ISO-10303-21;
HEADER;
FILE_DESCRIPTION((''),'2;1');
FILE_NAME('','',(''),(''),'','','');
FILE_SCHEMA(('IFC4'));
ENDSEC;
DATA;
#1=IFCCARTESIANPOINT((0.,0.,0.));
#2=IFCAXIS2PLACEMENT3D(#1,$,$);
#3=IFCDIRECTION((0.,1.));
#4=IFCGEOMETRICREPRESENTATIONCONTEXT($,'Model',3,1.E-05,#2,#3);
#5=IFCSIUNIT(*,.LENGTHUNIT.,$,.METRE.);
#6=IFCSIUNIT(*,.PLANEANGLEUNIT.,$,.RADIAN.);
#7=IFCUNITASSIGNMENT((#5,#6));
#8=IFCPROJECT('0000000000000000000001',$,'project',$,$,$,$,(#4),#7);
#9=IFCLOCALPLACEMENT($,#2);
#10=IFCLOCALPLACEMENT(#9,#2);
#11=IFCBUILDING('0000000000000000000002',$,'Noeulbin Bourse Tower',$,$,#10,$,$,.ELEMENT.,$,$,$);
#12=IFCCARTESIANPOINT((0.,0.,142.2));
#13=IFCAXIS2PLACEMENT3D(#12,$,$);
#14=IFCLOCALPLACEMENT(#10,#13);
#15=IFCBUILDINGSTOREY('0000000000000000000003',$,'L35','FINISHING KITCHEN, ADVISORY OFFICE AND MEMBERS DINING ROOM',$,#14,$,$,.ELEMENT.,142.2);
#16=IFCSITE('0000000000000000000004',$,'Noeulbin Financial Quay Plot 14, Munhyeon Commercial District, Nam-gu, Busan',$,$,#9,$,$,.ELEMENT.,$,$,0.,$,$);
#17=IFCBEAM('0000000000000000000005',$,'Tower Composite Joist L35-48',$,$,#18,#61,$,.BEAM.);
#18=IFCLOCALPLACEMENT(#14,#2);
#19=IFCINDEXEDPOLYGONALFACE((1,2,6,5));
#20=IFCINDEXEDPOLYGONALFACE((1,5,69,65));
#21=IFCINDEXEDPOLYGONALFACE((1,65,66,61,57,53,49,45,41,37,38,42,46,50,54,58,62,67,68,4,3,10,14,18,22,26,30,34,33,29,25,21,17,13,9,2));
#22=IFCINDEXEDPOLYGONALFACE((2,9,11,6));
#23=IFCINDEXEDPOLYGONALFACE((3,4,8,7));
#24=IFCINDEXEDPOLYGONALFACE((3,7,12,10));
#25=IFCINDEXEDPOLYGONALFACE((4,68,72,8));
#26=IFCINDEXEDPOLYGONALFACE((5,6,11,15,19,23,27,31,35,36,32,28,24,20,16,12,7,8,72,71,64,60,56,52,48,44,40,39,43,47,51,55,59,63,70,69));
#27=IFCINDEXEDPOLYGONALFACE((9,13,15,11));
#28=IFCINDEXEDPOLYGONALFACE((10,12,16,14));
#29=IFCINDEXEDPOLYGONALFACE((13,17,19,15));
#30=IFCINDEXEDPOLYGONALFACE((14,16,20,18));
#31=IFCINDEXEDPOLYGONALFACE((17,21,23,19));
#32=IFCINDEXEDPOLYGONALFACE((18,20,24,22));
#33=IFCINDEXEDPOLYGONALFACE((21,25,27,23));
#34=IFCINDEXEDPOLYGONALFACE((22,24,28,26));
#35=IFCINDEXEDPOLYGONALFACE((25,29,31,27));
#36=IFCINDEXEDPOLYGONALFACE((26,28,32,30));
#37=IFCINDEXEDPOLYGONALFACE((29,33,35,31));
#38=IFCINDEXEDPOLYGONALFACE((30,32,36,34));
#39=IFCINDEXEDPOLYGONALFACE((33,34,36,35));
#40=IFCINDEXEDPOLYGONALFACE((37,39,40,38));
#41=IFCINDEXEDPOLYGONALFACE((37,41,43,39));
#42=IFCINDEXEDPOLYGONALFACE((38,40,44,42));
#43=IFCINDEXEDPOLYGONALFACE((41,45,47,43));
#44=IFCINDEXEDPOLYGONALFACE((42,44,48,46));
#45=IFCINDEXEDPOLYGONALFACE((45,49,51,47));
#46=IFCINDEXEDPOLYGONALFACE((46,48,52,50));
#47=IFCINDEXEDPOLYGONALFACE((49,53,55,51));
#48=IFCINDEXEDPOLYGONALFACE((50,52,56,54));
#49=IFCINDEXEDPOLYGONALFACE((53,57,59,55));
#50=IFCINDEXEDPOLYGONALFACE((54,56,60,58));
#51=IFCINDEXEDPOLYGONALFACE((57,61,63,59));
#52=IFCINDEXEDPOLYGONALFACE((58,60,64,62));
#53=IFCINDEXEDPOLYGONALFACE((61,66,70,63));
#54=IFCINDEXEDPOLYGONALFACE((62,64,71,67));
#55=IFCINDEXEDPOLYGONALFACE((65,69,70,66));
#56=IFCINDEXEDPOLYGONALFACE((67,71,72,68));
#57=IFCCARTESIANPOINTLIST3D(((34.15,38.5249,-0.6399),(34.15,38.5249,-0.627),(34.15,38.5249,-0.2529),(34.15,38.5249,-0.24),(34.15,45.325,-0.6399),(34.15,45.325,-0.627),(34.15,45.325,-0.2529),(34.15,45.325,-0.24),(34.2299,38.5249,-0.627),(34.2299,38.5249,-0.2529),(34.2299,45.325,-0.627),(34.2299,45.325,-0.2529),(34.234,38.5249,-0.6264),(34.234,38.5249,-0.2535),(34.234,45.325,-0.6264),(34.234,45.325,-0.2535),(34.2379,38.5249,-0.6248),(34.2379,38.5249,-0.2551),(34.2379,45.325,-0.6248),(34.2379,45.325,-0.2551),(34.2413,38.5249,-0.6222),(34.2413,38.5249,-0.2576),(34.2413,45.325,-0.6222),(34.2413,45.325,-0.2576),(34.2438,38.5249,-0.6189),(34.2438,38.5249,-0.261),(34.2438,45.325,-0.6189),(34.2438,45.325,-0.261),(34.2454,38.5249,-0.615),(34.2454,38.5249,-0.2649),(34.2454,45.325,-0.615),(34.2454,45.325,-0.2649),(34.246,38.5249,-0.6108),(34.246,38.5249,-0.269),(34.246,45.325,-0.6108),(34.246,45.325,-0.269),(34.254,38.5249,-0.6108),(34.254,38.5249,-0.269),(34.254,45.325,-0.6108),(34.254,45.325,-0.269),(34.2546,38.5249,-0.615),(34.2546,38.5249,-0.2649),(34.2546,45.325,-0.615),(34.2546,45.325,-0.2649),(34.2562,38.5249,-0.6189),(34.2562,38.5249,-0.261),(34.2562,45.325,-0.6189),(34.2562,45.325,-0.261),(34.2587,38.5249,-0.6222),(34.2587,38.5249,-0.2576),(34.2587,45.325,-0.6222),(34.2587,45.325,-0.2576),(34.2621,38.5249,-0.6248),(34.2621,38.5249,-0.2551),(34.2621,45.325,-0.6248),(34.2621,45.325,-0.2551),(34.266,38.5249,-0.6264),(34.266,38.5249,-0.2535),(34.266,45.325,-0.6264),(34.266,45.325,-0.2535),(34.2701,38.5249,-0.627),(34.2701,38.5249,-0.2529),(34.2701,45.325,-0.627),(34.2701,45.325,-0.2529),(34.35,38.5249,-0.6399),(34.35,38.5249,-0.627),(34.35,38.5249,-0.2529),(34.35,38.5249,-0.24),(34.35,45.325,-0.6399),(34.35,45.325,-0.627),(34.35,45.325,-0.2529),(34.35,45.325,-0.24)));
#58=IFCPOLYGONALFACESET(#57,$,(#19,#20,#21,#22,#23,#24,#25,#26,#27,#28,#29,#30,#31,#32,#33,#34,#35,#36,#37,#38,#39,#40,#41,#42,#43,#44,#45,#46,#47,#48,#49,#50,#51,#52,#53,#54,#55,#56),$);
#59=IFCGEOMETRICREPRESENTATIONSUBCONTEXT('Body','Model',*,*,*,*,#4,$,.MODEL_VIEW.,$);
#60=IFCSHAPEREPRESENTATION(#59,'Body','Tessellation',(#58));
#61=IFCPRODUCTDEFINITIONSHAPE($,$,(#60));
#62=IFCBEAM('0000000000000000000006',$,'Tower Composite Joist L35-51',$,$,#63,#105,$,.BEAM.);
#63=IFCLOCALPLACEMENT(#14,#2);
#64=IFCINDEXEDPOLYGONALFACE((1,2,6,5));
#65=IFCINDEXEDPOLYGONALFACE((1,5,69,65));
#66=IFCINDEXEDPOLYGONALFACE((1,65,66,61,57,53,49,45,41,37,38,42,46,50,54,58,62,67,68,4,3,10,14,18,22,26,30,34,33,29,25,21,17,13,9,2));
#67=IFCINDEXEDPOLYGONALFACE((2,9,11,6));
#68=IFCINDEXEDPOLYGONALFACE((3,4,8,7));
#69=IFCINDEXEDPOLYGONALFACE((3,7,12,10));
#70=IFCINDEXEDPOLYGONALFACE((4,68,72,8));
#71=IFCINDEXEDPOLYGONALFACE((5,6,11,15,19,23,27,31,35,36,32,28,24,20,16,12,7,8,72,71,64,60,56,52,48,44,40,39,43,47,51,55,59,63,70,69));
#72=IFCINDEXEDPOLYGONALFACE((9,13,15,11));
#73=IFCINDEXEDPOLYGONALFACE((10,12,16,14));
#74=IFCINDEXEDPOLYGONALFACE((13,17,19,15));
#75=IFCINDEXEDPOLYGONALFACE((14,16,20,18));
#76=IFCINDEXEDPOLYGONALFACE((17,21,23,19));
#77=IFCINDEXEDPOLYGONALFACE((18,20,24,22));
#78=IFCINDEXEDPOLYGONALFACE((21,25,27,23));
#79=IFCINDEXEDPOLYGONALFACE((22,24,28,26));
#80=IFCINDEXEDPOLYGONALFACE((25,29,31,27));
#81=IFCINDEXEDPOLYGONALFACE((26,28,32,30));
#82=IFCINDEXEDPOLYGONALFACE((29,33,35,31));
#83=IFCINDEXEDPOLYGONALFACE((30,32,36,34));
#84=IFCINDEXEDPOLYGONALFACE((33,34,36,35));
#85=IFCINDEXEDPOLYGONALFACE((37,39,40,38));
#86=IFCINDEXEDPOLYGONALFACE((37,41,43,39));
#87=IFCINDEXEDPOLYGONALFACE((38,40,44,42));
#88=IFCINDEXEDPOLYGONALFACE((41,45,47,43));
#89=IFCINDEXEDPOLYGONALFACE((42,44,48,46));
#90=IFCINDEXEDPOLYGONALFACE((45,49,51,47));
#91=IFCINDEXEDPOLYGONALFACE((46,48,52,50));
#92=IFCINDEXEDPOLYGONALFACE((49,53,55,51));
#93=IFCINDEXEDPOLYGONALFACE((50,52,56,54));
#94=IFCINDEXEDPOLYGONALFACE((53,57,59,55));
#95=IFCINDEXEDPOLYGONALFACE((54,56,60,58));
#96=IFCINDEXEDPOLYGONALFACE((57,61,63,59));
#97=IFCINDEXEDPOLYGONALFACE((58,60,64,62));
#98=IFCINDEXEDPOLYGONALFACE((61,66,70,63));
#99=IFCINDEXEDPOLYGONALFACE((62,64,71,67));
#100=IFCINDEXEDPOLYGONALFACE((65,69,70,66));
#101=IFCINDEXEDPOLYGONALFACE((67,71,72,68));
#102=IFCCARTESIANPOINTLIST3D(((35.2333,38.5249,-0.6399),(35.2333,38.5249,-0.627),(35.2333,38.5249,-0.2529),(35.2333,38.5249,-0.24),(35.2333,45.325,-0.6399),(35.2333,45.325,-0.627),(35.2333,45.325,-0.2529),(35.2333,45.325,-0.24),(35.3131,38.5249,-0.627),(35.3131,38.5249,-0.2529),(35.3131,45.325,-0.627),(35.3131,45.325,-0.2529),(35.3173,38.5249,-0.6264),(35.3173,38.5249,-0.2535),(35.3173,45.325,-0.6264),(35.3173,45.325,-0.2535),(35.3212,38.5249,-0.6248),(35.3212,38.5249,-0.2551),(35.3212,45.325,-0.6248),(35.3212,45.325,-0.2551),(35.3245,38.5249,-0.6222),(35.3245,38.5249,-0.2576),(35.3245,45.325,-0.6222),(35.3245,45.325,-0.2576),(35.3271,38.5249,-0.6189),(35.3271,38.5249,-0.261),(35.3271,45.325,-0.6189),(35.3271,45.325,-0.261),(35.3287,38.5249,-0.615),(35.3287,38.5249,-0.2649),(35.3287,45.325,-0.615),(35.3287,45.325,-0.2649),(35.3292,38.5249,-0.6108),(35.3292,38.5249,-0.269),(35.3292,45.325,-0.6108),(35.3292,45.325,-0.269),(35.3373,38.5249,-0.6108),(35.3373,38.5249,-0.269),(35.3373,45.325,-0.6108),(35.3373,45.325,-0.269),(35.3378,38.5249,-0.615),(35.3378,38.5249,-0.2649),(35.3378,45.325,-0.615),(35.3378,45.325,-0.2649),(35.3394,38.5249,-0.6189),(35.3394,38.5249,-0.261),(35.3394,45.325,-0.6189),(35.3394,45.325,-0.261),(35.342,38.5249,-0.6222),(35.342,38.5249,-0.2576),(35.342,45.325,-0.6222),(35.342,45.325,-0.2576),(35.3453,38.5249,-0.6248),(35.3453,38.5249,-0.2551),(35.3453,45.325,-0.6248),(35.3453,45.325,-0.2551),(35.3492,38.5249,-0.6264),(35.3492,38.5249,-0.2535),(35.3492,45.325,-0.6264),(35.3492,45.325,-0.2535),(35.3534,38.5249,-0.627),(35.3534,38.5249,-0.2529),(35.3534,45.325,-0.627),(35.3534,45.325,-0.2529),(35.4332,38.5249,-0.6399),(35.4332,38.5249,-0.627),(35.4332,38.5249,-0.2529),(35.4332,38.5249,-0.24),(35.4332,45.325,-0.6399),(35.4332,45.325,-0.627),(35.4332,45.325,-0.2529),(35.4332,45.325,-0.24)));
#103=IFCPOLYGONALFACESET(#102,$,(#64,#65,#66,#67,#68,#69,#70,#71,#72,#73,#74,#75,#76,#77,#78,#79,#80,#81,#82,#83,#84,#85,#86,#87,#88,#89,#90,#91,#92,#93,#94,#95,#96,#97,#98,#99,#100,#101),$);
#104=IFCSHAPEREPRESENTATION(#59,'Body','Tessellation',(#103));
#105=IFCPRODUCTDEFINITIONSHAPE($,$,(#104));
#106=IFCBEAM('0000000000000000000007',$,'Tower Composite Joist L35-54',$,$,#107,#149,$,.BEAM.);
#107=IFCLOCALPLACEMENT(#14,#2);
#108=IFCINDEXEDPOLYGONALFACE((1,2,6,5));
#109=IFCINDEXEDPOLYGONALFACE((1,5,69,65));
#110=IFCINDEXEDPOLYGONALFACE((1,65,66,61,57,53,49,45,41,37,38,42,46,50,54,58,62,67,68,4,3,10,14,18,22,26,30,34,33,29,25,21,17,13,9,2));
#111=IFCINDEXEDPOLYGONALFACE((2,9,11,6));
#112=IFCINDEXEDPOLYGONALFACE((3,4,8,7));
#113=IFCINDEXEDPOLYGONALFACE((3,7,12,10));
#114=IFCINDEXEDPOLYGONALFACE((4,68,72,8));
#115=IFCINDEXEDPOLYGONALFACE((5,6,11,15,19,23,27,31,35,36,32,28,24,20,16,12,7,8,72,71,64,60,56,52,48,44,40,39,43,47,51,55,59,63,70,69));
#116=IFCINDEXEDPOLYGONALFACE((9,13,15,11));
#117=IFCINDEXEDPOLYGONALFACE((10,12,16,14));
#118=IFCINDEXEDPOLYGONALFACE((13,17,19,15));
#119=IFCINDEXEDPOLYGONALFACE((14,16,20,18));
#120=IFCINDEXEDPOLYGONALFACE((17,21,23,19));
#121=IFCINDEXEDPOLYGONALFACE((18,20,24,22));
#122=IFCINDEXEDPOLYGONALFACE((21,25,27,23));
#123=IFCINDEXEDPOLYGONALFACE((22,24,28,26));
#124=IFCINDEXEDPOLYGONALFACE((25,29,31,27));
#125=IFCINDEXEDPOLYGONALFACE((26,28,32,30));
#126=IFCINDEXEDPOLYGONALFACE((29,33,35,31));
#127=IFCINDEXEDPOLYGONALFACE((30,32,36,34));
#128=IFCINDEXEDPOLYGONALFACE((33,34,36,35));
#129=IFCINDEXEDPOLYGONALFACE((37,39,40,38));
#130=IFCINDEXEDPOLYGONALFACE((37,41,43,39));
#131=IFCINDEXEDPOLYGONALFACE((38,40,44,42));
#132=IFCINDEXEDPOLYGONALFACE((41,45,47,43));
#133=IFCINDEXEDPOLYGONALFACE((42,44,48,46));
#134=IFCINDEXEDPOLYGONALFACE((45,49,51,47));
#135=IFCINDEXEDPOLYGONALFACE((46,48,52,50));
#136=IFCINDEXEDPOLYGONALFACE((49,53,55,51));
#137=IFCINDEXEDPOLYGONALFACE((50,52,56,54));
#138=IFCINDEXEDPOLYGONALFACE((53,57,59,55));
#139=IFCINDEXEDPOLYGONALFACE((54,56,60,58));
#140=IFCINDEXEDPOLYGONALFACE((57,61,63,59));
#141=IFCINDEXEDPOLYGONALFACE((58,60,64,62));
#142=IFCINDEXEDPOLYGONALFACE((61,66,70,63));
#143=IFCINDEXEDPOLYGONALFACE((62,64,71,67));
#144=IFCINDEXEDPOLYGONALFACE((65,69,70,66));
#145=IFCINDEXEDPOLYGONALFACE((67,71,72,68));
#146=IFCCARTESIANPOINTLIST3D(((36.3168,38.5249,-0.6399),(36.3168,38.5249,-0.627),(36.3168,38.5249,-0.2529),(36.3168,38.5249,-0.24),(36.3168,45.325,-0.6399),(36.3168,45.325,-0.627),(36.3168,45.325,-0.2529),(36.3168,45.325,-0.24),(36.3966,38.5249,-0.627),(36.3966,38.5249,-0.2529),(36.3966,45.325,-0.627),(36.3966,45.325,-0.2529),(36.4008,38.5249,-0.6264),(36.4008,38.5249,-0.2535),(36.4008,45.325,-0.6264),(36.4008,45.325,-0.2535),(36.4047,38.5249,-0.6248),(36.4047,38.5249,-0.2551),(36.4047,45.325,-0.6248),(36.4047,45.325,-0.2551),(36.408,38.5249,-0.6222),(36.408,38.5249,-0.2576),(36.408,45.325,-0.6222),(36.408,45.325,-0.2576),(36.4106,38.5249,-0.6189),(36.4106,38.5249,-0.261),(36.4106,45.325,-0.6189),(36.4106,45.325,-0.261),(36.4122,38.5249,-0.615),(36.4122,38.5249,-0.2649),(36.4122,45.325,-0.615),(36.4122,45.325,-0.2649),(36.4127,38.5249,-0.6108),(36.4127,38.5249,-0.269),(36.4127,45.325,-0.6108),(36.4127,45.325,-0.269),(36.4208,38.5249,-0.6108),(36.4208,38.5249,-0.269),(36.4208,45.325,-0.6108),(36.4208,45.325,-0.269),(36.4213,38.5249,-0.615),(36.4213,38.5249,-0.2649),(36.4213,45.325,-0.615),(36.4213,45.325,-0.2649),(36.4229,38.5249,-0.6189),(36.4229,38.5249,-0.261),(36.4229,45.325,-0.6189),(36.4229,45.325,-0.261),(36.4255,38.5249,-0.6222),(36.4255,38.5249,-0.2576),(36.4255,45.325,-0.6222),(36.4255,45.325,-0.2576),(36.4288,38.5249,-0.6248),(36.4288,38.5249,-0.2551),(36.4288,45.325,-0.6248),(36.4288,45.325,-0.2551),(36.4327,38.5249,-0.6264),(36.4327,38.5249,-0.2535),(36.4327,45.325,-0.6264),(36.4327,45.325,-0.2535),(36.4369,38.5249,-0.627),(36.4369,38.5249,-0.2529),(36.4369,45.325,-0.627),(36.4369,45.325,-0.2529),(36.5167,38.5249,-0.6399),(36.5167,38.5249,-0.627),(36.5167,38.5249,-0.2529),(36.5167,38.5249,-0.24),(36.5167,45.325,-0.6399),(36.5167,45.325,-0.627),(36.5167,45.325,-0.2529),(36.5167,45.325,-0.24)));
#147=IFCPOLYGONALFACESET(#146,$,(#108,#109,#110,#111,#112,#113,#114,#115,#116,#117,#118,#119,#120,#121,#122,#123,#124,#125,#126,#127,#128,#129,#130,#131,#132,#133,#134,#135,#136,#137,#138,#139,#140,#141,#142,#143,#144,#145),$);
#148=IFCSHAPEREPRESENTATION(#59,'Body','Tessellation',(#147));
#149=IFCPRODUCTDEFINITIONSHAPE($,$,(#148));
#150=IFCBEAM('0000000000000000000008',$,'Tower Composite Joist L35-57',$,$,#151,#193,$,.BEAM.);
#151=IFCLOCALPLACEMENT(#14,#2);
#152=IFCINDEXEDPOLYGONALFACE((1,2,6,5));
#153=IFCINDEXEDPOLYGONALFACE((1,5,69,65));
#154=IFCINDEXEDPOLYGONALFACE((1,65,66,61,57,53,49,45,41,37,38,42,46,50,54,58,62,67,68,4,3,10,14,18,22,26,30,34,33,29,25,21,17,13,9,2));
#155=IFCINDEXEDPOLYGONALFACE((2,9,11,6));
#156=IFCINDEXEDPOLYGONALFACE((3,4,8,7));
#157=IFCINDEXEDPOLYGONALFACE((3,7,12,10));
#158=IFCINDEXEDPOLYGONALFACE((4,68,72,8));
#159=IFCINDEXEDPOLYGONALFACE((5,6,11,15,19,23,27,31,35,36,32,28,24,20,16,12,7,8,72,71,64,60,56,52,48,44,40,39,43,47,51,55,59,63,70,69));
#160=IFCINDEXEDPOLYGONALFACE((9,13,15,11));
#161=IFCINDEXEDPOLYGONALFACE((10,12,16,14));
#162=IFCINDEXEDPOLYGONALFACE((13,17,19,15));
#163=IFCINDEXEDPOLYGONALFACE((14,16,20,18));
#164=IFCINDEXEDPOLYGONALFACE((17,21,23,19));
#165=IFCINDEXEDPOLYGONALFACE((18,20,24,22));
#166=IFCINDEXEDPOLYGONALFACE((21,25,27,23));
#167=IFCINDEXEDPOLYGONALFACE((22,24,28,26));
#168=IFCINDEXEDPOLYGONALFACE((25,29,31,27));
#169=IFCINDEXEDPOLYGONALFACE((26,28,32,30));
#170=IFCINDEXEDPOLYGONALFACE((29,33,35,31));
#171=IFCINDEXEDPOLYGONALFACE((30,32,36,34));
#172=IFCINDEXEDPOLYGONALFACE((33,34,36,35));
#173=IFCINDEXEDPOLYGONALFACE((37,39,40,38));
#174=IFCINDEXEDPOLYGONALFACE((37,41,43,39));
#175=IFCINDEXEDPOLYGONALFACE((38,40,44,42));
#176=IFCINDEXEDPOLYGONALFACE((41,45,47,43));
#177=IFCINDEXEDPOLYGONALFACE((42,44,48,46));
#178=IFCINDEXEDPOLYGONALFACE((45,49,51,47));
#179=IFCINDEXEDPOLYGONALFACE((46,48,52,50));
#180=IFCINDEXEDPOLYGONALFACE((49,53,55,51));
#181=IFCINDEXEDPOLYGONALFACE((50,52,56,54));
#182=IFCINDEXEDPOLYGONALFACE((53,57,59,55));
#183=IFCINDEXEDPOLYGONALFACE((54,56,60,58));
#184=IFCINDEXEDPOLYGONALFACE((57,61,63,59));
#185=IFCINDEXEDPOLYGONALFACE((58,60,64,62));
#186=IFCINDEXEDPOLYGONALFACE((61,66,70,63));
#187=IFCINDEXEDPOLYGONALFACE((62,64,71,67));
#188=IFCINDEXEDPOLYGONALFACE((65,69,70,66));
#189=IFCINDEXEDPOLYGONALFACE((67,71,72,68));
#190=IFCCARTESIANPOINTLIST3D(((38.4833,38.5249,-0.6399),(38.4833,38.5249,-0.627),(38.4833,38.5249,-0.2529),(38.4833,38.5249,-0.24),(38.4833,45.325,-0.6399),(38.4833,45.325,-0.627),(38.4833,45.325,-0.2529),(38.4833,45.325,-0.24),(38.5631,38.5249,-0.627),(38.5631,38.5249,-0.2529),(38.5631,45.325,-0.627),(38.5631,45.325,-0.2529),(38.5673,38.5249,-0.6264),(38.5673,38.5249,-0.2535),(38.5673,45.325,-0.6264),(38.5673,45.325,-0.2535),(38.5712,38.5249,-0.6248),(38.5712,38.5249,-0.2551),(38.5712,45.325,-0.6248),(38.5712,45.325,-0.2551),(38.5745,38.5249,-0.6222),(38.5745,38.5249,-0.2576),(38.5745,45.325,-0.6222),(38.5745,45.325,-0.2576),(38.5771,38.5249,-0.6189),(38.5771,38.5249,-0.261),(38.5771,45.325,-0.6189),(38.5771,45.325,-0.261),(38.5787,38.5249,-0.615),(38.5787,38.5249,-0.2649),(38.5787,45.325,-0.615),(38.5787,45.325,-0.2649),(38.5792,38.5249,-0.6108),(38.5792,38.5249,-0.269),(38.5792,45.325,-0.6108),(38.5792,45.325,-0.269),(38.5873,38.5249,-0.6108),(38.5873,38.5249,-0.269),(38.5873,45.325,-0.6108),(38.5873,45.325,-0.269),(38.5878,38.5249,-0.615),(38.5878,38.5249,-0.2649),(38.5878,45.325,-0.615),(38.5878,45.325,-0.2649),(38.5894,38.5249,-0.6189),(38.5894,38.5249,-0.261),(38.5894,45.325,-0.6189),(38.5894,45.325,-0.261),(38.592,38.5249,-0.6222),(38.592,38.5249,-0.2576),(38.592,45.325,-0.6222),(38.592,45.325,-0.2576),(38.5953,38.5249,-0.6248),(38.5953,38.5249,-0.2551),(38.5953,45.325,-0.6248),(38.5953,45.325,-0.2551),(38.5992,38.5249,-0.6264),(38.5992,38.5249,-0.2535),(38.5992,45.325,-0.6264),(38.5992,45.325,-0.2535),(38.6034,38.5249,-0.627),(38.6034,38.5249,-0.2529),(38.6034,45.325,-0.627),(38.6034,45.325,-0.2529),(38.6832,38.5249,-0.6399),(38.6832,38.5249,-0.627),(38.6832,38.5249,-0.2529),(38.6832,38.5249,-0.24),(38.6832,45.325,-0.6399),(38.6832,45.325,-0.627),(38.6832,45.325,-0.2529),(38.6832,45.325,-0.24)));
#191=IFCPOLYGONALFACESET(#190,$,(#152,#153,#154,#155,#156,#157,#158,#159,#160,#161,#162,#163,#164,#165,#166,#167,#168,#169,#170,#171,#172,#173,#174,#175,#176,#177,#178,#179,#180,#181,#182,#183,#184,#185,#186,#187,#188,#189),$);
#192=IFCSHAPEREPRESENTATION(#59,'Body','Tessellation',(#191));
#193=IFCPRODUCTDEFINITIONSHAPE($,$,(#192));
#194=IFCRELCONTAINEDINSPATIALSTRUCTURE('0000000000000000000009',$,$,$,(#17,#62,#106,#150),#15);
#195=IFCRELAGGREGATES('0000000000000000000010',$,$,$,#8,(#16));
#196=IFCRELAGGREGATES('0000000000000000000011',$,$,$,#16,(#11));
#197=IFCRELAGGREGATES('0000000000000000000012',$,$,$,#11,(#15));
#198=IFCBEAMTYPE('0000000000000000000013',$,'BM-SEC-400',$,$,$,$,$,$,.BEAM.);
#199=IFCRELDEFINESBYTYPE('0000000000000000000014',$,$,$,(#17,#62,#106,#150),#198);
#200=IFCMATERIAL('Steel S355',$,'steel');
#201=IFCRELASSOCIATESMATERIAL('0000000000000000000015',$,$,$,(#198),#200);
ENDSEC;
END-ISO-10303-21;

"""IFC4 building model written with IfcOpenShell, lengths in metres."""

from ifc_helpers import new_model, si_unit, direction, frame, origin, origin_2d, place, context, subcontext, project, spatial, i_section, extrude, material, material_profile, profile_set, type_object, element, save


model = new_model("IFC4")

# Units and contexts
model_context = context("Model", 3, precision=1e-05, world=origin(), true_north=direction((0.0, 1.0)))
body_context = subcontext(model_context, "Body", "Model", "MODEL_VIEW")
ifc_project = project(units=[si_unit("LENGTHUNIT", "METRE"), si_unit("PLANEANGLEUNIT", "RADIAN")], contexts=[model_context])

# Site, building, storey
site_placement = place(None, origin())
site = spatial("IfcSite", under=ifc_project, at=site_placement, Name="Noeulbin Financial Quay Plot 14, Munhyeon Commercial District, Nam-gu, Busan", CompositionType="ELEMENT", RefElevation=0.0)
building_placement = place(site_placement, origin())
building = spatial("IfcBuilding", under=site, at=building_placement, Name="Noeulbin Bourse Tower", CompositionType="ELEMENT")
storey_placement = place(building_placement, frame((0.0, 0.0, 142.2)))
storey = spatial("IfcBuildingStorey", under=building, at=storey_placement, Name="L35", Description="FINISHING KITCHEN, ADVISORY OFFICE AND MEMBERS DINING ROOM", CompositionType="ELEMENT", Elevation=142.2)

# Shared definitions
ifc_material_1 = material(Name="Steel S355", Category="steel")

# Beams
ifc_material_profile_1 = material_profile(ifc_material_1, i_section(OverallWidth=0.2, OverallDepth=0.3999, WebThickness=0.0081, FlangeThickness=0.0129, FilletRadius=0.0161, at=origin_2d()), Name="H-400x200x8x13", Category="LoadBearing")
ifc_profile_set_1 = profile_set([ifc_material_profile_1], Name="Steel S355")
beam_type_1 = type_object("IfcBeamType", Name="BM-SEC-400", PredefinedType="BEAM", material=ifc_profile_set_1)
for number, where, z_axis, x_axis, name in (
    (1, (34.25, 38.5249, -0.4399), (0.0, 1.0, 0.0), (-1.0, 0.0, 0.0), "Tower Composite Joist L35-48"),
    (2, (35.3333, 38.5249, -0.4399), (0.0, 1.0, 0.0), (-1.0, 0.0, 0.0), "Tower Composite Joist L35-51"),
    (3, (36.4167, 38.5249, -0.4399), (0.0, 1.0, 0.0), (-1.0, 0.0, 0.0), "Tower Composite Joist L35-54"),
    (4, (38.5833, 38.5249, -0.4399), (0.0, 1.0, 0.0), (-1.0, 0.0, 0.0), "Tower Composite Joist L35-57"),
):
    element("IfcBeam", number, at=place(storey_placement, frame(where, z_axis=z_axis, x_axis=x_axis)), inside=storey, type_object=beam_type_1, Name=name, PredefinedType="BEAM", context=body_context, shape_type="SweptSolid", body=[
        extrude(i_section(OverallWidth=0.2, OverallDepth=0.3999, WebThickness=0.0081, FlangeThickness=0.0129, FilletRadius=0.0161, at=origin_2d()), origin(), (0.0, 0.0, 1.0), 6.8),
    ])

save(model, "model.ifc")
